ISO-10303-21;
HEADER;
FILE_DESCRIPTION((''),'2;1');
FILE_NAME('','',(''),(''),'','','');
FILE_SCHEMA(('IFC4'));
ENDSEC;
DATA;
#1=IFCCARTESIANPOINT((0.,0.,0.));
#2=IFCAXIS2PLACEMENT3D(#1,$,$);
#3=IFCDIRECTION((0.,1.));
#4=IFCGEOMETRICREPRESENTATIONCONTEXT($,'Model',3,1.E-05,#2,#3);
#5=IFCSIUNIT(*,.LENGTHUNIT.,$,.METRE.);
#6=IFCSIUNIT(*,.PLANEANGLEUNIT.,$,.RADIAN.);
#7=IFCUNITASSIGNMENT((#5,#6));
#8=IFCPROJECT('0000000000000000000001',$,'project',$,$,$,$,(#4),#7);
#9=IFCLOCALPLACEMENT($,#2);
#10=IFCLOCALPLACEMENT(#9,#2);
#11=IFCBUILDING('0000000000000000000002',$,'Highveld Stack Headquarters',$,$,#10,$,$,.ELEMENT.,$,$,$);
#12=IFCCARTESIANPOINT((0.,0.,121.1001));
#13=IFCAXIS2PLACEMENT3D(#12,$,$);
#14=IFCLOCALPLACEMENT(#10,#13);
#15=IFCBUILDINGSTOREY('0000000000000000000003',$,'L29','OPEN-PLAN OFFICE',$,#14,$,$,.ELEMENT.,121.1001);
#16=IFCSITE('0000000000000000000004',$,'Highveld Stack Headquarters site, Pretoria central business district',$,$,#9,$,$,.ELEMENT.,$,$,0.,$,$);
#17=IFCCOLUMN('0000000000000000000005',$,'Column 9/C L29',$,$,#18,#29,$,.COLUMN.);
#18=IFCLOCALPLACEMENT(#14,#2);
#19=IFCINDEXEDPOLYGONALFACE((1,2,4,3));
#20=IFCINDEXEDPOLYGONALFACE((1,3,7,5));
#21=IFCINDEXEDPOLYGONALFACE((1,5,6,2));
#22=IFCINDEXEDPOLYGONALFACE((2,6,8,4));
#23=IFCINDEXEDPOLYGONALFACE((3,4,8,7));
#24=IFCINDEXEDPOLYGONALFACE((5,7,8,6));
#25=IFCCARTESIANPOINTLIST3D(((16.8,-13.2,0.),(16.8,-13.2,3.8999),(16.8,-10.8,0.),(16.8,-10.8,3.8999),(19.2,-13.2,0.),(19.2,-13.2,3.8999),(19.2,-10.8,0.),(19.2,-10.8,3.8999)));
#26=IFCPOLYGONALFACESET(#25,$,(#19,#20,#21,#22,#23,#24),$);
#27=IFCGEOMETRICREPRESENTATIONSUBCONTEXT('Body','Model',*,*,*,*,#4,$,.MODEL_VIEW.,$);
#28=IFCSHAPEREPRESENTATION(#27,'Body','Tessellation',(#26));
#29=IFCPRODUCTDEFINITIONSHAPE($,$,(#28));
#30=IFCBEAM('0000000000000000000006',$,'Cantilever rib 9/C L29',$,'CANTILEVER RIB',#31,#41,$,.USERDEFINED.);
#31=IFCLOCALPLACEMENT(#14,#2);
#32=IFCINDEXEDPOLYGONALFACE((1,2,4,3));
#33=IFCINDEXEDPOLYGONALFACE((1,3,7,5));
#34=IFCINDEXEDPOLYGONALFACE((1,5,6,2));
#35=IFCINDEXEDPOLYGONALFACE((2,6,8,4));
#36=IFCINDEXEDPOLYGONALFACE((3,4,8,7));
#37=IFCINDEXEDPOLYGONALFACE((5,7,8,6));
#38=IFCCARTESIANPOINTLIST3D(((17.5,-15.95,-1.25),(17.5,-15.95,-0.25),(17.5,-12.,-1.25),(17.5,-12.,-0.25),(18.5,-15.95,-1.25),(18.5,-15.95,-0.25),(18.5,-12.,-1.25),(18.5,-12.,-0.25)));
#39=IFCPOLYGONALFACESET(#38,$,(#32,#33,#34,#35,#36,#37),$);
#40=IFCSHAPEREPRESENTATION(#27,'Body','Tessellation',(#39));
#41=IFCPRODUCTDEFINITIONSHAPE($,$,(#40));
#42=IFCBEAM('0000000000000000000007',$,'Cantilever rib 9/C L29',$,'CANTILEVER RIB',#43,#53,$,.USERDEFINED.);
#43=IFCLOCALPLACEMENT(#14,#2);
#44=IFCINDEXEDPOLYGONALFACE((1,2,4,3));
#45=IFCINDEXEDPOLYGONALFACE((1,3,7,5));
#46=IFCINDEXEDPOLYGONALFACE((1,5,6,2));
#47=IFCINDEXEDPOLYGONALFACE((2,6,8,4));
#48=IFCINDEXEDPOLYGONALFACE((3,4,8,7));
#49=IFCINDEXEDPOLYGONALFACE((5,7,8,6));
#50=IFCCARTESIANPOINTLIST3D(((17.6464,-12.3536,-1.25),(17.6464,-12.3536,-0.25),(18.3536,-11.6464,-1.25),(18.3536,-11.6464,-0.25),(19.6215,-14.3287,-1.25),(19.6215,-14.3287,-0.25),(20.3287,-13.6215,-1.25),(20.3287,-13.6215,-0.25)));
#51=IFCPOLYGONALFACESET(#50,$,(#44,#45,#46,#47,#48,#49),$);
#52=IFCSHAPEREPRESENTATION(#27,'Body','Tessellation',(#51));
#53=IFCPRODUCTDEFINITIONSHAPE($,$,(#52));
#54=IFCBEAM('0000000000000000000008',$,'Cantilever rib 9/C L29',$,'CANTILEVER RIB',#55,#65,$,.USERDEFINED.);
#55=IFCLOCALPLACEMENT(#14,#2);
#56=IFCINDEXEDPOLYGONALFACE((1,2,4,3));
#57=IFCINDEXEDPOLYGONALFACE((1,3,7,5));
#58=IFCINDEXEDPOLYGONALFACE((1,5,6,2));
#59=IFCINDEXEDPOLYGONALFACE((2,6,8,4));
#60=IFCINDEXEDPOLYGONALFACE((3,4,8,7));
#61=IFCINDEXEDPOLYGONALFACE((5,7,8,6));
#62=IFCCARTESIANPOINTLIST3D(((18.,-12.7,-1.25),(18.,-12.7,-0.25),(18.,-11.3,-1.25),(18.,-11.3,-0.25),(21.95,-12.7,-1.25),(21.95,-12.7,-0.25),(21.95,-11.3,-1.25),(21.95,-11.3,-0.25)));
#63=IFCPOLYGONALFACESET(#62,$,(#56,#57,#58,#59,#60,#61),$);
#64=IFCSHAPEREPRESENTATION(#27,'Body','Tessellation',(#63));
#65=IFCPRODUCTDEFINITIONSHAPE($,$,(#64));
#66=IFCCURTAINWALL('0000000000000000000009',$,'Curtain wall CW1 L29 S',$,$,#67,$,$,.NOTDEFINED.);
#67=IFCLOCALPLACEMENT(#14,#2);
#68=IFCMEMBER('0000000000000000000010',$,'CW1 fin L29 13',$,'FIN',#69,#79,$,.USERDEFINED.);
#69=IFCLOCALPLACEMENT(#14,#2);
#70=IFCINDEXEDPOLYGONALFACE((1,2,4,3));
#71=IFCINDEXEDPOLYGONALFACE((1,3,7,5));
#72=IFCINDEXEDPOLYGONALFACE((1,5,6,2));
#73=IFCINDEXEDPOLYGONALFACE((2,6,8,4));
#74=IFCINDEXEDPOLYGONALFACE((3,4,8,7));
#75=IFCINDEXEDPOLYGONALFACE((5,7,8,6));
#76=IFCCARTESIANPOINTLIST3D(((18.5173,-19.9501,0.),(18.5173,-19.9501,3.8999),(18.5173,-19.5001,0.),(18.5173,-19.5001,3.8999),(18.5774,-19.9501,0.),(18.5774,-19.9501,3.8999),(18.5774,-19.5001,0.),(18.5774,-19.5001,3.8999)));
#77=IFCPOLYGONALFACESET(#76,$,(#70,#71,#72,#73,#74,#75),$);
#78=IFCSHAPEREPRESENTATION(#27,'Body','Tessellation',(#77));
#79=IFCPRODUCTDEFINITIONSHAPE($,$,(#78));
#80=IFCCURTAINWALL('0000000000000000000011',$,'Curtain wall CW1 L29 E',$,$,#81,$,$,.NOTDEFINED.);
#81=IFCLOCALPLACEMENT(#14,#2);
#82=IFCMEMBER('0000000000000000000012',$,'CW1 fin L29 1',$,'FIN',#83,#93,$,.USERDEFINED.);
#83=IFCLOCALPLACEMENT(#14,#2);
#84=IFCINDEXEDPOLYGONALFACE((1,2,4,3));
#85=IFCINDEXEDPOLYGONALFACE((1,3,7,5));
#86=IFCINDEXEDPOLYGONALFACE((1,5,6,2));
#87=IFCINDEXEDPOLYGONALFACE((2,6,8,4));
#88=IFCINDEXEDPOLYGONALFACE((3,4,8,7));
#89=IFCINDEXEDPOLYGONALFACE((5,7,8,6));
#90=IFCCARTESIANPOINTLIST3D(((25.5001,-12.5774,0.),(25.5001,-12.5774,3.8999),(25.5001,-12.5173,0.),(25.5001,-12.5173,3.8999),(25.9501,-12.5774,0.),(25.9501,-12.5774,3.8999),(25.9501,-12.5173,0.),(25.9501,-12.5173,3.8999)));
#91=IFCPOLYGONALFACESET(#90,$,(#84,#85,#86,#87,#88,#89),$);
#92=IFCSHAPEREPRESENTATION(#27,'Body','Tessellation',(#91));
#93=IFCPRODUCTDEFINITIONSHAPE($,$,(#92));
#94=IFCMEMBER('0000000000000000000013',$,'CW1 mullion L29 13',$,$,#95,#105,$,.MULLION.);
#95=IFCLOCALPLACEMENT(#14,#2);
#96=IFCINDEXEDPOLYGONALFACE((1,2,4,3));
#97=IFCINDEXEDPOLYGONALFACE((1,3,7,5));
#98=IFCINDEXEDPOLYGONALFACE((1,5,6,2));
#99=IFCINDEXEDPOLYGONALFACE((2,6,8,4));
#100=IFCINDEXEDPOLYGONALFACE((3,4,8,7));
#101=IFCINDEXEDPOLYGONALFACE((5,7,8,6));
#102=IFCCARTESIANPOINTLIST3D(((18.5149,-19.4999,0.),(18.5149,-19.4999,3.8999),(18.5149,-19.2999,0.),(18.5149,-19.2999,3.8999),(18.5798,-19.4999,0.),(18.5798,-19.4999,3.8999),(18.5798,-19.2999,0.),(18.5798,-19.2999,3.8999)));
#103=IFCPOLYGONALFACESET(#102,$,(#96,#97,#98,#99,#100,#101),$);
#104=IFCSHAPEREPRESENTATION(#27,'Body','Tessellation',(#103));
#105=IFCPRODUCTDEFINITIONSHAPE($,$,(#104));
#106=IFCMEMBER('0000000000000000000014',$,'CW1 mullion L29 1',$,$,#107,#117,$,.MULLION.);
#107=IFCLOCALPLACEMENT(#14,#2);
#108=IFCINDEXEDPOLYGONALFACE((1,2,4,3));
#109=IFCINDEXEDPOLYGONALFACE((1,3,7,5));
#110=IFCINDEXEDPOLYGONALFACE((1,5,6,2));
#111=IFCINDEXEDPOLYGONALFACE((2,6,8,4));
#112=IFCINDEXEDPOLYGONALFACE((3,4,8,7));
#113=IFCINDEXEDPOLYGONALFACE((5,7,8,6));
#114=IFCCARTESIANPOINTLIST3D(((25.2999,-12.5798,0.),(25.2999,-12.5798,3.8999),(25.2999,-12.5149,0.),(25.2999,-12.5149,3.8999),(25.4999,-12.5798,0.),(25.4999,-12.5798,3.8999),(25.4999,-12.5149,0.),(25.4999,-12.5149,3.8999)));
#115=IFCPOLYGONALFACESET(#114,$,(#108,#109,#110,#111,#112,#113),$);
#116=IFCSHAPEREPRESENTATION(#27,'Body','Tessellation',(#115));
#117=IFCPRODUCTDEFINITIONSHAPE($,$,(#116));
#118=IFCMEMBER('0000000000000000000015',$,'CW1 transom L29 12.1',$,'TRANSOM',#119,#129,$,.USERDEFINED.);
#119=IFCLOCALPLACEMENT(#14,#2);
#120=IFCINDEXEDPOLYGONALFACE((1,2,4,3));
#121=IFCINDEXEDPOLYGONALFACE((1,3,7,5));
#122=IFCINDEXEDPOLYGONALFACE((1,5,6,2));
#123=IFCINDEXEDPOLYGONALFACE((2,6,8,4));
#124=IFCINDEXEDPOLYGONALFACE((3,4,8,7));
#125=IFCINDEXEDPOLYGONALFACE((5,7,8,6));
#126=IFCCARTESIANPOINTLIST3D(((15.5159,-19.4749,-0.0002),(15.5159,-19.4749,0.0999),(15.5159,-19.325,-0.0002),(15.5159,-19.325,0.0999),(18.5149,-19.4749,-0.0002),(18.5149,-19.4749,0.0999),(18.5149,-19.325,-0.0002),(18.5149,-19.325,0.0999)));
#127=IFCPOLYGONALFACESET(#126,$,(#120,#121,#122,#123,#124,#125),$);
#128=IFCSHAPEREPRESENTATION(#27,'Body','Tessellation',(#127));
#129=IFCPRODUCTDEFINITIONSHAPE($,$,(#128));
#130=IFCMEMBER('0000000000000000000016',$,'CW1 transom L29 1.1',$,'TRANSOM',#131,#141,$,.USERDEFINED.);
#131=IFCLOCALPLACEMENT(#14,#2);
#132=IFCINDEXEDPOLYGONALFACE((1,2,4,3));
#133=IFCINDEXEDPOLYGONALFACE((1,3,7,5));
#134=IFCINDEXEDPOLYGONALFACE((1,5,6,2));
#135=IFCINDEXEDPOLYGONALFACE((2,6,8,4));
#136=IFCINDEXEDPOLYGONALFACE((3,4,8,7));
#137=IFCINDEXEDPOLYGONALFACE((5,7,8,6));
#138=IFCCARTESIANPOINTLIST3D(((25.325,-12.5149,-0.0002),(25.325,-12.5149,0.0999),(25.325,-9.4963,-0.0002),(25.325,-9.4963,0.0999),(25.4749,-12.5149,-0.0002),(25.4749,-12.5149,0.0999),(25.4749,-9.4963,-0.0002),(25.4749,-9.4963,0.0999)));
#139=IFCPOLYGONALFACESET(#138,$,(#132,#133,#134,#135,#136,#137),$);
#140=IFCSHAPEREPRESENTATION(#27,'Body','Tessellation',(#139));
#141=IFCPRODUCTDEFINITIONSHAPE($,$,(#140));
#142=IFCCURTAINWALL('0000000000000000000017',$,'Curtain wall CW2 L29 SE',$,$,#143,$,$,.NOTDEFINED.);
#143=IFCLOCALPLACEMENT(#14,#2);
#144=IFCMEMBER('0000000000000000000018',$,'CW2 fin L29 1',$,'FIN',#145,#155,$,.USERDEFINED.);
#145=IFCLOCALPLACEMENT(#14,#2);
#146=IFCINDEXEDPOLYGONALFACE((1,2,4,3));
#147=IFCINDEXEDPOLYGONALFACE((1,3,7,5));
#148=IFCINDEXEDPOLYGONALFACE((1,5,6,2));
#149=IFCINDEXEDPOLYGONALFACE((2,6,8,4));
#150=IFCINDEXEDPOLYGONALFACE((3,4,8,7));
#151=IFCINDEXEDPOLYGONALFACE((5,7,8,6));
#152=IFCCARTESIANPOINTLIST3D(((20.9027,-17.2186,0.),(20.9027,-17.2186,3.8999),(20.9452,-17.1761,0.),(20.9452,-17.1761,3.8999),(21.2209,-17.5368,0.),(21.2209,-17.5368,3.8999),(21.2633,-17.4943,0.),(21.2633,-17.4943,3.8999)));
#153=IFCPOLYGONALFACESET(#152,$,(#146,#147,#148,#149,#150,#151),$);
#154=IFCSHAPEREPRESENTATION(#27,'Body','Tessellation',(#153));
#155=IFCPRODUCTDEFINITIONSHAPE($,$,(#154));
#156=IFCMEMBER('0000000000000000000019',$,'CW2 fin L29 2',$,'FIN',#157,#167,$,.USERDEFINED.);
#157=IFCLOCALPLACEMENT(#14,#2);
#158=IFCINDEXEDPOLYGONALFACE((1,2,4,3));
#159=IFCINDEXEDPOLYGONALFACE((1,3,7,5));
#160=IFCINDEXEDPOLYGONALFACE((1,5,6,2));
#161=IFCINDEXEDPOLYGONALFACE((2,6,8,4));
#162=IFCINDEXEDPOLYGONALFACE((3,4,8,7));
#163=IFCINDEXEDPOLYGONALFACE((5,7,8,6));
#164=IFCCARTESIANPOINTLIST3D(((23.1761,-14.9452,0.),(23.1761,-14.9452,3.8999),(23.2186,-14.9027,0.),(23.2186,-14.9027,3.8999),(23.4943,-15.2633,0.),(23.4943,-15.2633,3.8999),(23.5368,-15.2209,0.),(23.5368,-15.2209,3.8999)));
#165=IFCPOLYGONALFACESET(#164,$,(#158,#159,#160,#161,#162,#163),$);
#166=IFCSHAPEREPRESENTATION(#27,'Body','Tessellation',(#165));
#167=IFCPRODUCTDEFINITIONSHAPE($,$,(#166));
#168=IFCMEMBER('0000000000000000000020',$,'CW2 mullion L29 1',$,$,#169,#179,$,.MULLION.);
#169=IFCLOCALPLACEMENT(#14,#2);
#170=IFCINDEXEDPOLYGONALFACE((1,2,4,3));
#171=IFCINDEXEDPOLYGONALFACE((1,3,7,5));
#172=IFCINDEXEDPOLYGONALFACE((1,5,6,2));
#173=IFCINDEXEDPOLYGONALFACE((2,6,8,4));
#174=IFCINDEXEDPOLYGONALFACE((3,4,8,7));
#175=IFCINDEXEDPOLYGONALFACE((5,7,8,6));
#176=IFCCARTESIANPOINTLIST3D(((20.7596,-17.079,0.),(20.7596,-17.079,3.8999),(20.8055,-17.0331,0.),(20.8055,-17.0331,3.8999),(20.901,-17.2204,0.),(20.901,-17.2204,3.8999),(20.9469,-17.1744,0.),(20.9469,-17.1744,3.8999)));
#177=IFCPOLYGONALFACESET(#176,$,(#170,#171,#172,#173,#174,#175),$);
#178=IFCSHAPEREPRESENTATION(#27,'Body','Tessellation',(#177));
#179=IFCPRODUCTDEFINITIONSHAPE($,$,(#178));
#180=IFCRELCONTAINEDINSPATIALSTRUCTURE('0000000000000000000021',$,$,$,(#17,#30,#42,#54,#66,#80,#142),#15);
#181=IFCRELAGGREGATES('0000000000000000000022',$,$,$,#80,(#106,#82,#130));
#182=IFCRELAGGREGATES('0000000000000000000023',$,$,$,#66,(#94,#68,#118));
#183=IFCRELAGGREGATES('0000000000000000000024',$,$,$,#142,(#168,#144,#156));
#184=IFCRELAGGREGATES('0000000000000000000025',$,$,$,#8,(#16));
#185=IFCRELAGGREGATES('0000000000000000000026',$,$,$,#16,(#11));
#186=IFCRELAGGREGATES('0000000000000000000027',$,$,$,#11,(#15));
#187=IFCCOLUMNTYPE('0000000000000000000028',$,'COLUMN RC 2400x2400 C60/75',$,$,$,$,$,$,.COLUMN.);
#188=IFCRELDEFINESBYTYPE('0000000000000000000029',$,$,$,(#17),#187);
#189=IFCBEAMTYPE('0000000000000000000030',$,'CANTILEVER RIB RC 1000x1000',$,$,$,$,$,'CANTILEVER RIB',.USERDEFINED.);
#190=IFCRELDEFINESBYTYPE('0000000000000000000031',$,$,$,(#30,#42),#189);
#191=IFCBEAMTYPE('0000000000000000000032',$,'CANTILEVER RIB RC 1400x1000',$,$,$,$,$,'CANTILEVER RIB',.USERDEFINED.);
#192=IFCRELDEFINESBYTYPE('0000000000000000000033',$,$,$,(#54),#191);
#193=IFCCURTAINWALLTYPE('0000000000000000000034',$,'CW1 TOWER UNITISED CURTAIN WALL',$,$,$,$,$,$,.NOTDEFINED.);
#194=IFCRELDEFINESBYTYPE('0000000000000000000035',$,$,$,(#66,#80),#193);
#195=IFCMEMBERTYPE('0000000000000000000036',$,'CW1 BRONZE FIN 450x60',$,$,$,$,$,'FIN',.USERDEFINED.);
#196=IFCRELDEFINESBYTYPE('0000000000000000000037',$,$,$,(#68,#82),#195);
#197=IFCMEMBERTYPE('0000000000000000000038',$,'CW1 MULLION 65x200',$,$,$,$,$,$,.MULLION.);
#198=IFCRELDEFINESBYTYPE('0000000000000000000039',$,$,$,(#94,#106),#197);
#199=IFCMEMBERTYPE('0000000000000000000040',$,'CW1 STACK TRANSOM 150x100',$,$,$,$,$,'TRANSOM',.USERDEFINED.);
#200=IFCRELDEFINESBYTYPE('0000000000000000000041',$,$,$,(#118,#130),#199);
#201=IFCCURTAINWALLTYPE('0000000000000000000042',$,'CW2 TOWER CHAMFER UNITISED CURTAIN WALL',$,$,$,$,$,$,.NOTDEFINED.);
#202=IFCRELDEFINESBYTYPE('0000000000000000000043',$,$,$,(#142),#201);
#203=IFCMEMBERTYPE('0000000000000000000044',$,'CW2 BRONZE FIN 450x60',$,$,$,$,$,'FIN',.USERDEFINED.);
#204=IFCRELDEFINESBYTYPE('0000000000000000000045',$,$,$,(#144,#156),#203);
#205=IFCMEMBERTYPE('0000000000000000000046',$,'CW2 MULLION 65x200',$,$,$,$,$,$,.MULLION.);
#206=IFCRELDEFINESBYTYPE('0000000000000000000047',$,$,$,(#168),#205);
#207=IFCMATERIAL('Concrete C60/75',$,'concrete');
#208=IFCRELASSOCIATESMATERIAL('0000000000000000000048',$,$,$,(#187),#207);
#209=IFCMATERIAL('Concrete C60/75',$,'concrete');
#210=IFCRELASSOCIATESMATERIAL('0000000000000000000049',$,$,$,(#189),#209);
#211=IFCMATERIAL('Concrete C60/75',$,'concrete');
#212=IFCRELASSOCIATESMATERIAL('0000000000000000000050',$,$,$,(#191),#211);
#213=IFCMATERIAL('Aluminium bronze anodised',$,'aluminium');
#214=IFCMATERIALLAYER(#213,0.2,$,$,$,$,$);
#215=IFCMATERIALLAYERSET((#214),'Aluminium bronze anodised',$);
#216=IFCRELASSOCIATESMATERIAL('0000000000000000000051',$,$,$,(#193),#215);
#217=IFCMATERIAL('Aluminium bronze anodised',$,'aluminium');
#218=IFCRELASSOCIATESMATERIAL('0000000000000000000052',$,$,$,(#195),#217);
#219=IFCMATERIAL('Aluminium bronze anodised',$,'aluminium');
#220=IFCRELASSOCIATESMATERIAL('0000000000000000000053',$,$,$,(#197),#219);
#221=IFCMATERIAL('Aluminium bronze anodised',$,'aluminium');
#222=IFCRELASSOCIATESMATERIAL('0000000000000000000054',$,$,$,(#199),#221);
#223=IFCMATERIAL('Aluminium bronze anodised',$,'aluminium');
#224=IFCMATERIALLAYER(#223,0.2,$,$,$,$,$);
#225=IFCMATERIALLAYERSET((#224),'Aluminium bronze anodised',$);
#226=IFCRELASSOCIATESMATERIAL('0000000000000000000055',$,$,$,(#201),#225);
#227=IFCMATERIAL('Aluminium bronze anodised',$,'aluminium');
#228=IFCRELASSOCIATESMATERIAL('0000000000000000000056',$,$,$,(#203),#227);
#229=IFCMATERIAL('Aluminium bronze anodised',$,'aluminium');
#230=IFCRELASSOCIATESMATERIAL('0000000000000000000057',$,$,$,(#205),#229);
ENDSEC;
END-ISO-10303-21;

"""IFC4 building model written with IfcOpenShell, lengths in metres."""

from ifc_helpers import new_model, si_unit, direction, frame, origin, origin_2d, place, context, subcontext, project, spatial, rectangle, extrude, material, layer, layer_set, material_profile, profile_set, type_object, element, aggregate, save


model = new_model("IFC4")

# Units and contexts
model_context = context("Model", 3, precision=1e-05, world=origin(), true_north=direction((0.0, 1.0)))
body_context = subcontext(model_context, "Body", "Model", "MODEL_VIEW")
ifc_project = project(units=[si_unit("LENGTHUNIT", "METRE"), si_unit("PLANEANGLEUNIT", "RADIAN")], contexts=[model_context])

# Site, building, storey
site_placement = place(None, origin())
site = spatial("IfcSite", under=ifc_project, at=site_placement, Name="Highveld Stack Headquarters site, Pretoria central business district", CompositionType="ELEMENT", RefElevation=0.0)
building_placement = place(site_placement, origin())
building = spatial("IfcBuilding", under=site, at=building_placement, Name="Highveld Stack Headquarters", CompositionType="ELEMENT")
storey_placement = place(building_placement, frame((0.0, 0.0, 121.1001)))
storey = spatial("IfcBuildingStorey", under=building, at=storey_placement, Name="L29", Description="OPEN-PLAN OFFICE", CompositionType="ELEMENT", Elevation=121.1001)

# Column
ifc_material_1 = material(Name="Concrete C60/75", Category="concrete")
ifc_material_profile_1 = material_profile(ifc_material_1, rectangle(XDim=2.3999, YDim=2.3999, at=origin_2d()), Name="RC 2400x2400")
ifc_profile_set_1 = profile_set([ifc_material_profile_1], Name="Concrete C60/75")
column_type = type_object("IfcColumnType", Name="COLUMN RC 2400x2400 C60/75", PredefinedType="COLUMN", material=ifc_profile_set_1)
column_placement = place(storey_placement, frame((18.0, -12.0, 0.0), z_axis=(0.0, 0.0, 1.0), x_axis=(1.0, 0.0, 0.0)))
element("IfcColumn", 1, at=column_placement, inside=storey, type_object=column_type, Name="Column 9/C L29", PredefinedType="COLUMN", context=body_context, shape_type="SweptSolid", body=[
    extrude(rectangle(XDim=2.3999, YDim=2.3999, at=origin_2d()), origin(), (0.0, 0.0, 1.0), 3.8999),
])

# Beams
ifc_material_2 = material(Name="Concrete C60/75", Category="concrete")
ifc_material_profile_2 = material_profile(ifc_material_2, rectangle(XDim=1.0, YDim=1.0, at=origin_2d()), Name="RC 1000x1000")
ifc_profile_set_2 = profile_set([ifc_material_profile_2], Name="Concrete C60/75")
beam_type_1 = type_object("IfcBeamType", Name="CANTILEVER RIB RC 1000x1000", ElementType="CANTILEVER RIB", PredefinedType="USERDEFINED", material=ifc_profile_set_2)
beam_1_placement = place(storey_placement, frame((18.0, -12.0, -0.75), z_axis=(0.0, -1.0, 0.0), x_axis=(1.0, 0.0, 0.0)))
element("IfcBeam", 2, at=beam_1_placement, inside=storey, type_object=beam_type_1, Name="Cantilever rib 9/C L29", ObjectType="CANTILEVER RIB", PredefinedType="USERDEFINED", context=body_context, shape_type="SweptSolid", body=[
    extrude(rectangle(XDim=1.0, YDim=1.0, at=origin_2d()), origin(), (0.0, 0.0, 1.0), 3.95),
])
beam_2_placement = place(storey_placement, frame((18.0, -12.0, -0.75), z_axis=(0.707107, -0.707107, 0.0), x_axis=(0.707107, 0.707107, 0.0)))
element("IfcBeam", 3, at=beam_2_placement, inside=storey, type_object=beam_type_1, Name="Cantilever rib 9/C L29", ObjectType="CANTILEVER RIB", PredefinedType="USERDEFINED", context=body_context, shape_type="SweptSolid", body=[
    extrude(rectangle(XDim=1.0, YDim=1.0, at=origin_2d()), origin(), (0.0, 0.0, 1.0), 2.7932),
])
ifc_material_3 = material(Name="Concrete C60/75", Category="concrete")
ifc_material_profile_3 = material_profile(ifc_material_3, rectangle(XDim=1.3999, YDim=1.0, at=origin_2d()), Name="RC 1400x1000")
ifc_profile_set_3 = profile_set([ifc_material_profile_3], Name="Concrete C60/75")
beam_type_2 = type_object("IfcBeamType", Name="CANTILEVER RIB RC 1400x1000", ElementType="CANTILEVER RIB", PredefinedType="USERDEFINED", material=ifc_profile_set_3)
beam_3_placement = place(storey_placement, frame((18.0, -12.0, -0.75), z_axis=(1.0, 0.0, 0.0), x_axis=(0.0, 1.0, 0.0)))
element("IfcBeam", 4, at=beam_3_placement, inside=storey, type_object=beam_type_2, Name="Cantilever rib 9/C L29", ObjectType="CANTILEVER RIB", PredefinedType="USERDEFINED", context=body_context, shape_type="SweptSolid", body=[
    extrude(rectangle(XDim=1.3999, YDim=1.0, at=origin_2d()), origin(), (0.0, 0.0, 1.0), 3.95),
])

# Curtain walls, members
ifc_material_4 = material(Name="Aluminium bronze anodised", Category="aluminium")
ifc_layer_1 = layer(ifc_material_4, 0.2)
ifc_layer_set_1 = layer_set([ifc_layer_1], Name="Aluminium bronze anodised")
curtain_wall_type_1 = type_object("IfcCurtainWallType", Name="CW1 TOWER UNITISED CURTAIN WALL", PredefinedType="NOTDEFINED", material=ifc_layer_set_1)
curtain_wall_1_placement = place(storey_placement, origin())
curtain_wall_1 = element("IfcCurtainWall", 5, at=curtain_wall_1_placement, inside=storey, type_object=curtain_wall_type_1, Name="Curtain wall CW1 L29 S", PredefinedType="NOTDEFINED")
ifc_material_5 = material(Name="Aluminium bronze anodised", Category="aluminium")
ifc_material_profile_4 = material_profile(ifc_material_5, rectangle(XDim=0.45, YDim=0.0601, at=origin_2d()), Name="FIN 450x60")
ifc_profile_set_4 = profile_set([ifc_material_profile_4], Name="Aluminium bronze anodised")
member_type_1 = type_object("IfcMemberType", Name="CW1 BRONZE FIN 450x60", ElementType="FIN", PredefinedType="USERDEFINED", material=ifc_profile_set_4)
member_1_placement = place(storey_placement, frame((18.5474, -19.7251, 0.0), z_axis=(0.0, 0.0, 1.0), x_axis=(0.0, 1.0, 0.0)))
member_1 = element("IfcMember", 6, at=member_1_placement, type_object=member_type_1, Name="CW1 fin L29 13", ObjectType="FIN", PredefinedType="USERDEFINED", context=body_context, shape_type="SweptSolid", body=[
    extrude(rectangle(XDim=0.45, YDim=0.0601, at=origin_2d()), origin(), (0.0, 0.0, 1.0), 3.8999),
])
curtain_wall_2_placement = place(storey_placement, origin())
curtain_wall_2 = element("IfcCurtainWall", 7, at=curtain_wall_2_placement, inside=storey, type_object=curtain_wall_type_1, Name="Curtain wall CW1 L29 E", PredefinedType="NOTDEFINED")
member_2_placement = place(storey_placement, frame((25.7251, -12.5474, 0.0), z_axis=(0.0, 0.0, 1.0), x_axis=(-1.0, 0.0, 0.0)))
member_2 = element("IfcMember", 8, at=member_2_placement, type_object=member_type_1, Name="CW1 fin L29 1", ObjectType="FIN", PredefinedType="USERDEFINED", context=body_context, shape_type="SweptSolid", body=[
    extrude(rectangle(XDim=0.45, YDim=0.0601, at=origin_2d()), origin(), (0.0, 0.0, 1.0), 3.8999),
])

# Members
ifc_material_6 = material(Name="Aluminium bronze anodised", Category="aluminium")
ifc_material_profile_5 = material_profile(ifc_material_6, rectangle(XDim=0.2, YDim=0.0649, at=origin_2d()), Name="CW1 MULLION 65x200")
ifc_profile_set_5 = profile_set([ifc_material_profile_5], Name="Aluminium bronze anodised")
member_type_2 = type_object("IfcMemberType", Name="CW1 MULLION 65x200", PredefinedType="MULLION", material=ifc_profile_set_5)
member_3_placement = place(storey_placement, frame((18.5474, -19.3999, 0.0), z_axis=(0.0, 0.0, 1.0), x_axis=(0.0, 1.0, 0.0)))
member_3 = element("IfcMember", 9, at=member_3_placement, type_object=member_type_2, Name="CW1 mullion L29 13", PredefinedType="MULLION", context=body_context, shape_type="SweptSolid", body=[
    extrude(rectangle(XDim=0.2, YDim=0.0649, at=origin_2d()), origin(), (0.0, 0.0, 1.0), 3.8999),
])
member_4_placement = place(storey_placement, frame((25.3999, -12.5474, 0.0), z_axis=(0.0, 0.0, 1.0), x_axis=(-1.0, 0.0, 0.0)))
member_4 = element("IfcMember", 10, at=member_4_placement, type_object=member_type_2, Name="CW1 mullion L29 1", PredefinedType="MULLION", context=body_context, shape_type="SweptSolid", body=[
    extrude(rectangle(XDim=0.2, YDim=0.0649, at=origin_2d()), origin(), (0.0, 0.0, 1.0), 3.8999),
])
ifc_material_7 = material(Name="Aluminium bronze anodised", Category="aluminium")
ifc_material_profile_6 = material_profile(ifc_material_7, rectangle(XDim=0.1499, YDim=0.1001, at=origin_2d()), Name="CW1 TRANSOM 150x100")
ifc_profile_set_6 = profile_set([ifc_material_profile_6], Name="Aluminium bronze anodised")
member_type_3 = type_object("IfcMemberType", Name="CW1 STACK TRANSOM 150x100", ElementType="TRANSOM", PredefinedType="USERDEFINED", material=ifc_profile_set_6)
member_5_placement = place(storey_placement, frame((15.5159, -19.3999, 0.0498), z_axis=(1.0, 0.0, 0.0), x_axis=(0.0, 1.0, 0.0)))
member_5 = element("IfcMember", 11, at=member_5_placement, type_object=member_type_3, Name="CW1 transom L29 12.1", ObjectType="TRANSOM", PredefinedType="USERDEFINED", context=body_context, shape_type="SweptSolid", body=[
    extrude(rectangle(XDim=0.1499, YDim=0.1001, at=origin_2d()), origin(), (0.0, 0.0, 1.0), 2.999),
])
member_6_placement = place(storey_placement, frame((25.3999, -12.5149, 0.0498), z_axis=(0.0, 1.0, 0.0), x_axis=(-1.0, 0.0, 0.0)))
member_6 = element("IfcMember", 12, at=member_6_placement, type_object=member_type_3, Name="CW1 transom L29 1.1", ObjectType="TRANSOM", PredefinedType="USERDEFINED", context=body_context, shape_type="SweptSolid", body=[
    extrude(rectangle(XDim=0.1499, YDim=0.1001, at=origin_2d()), origin(), (0.0, 0.0, 1.0), 3.0186),
])
aggregate(curtain_wall_2, [member_4, member_2, member_6])

# Curtain wall, members
ifc_material_8 = material(Name="Aluminium bronze anodised", Category="aluminium")
ifc_layer_2 = layer(ifc_material_8, 0.2)
ifc_layer_set_2 = layer_set([ifc_layer_2], Name="Aluminium bronze anodised")
curtain_wall_type_2 = type_object("IfcCurtainWallType", Name="CW2 TOWER CHAMFER UNITISED CURTAIN WALL", PredefinedType="NOTDEFINED", material=ifc_layer_set_2)
curtain_wall_3_placement = place(storey_placement, origin())
curtain_wall_3 = element("IfcCurtainWall", 13, at=curtain_wall_3_placement, inside=storey, type_object=curtain_wall_type_2, Name="Curtain wall CW2 L29 SE", PredefinedType="NOTDEFINED")
ifc_material_9 = material(Name="Aluminium bronze anodised", Category="aluminium")
ifc_material_profile_7 = material_profile(ifc_material_9, rectangle(XDim=0.45, YDim=0.0601, at=origin_2d()), Name="FIN 450x60")
ifc_profile_set_7 = profile_set([ifc_material_profile_7], Name="Aluminium bronze anodised")
member_type_4 = type_object("IfcMemberType", Name="CW2 BRONZE FIN 450x60", ElementType="FIN", PredefinedType="USERDEFINED", material=ifc_profile_set_7)
member_7_placement = place(storey_placement, frame((21.083, -17.3564, 0.0), z_axis=(0.0, 0.0, 1.0), x_axis=(-0.707107, 0.707107, 0.0)))
member_7 = element("IfcMember", 14, at=member_7_placement, type_object=member_type_4, Name="CW2 fin L29 1", ObjectType="FIN", PredefinedType="USERDEFINED", context=body_context, shape_type="SweptSolid", body=[
    extrude(rectangle(XDim=0.45, YDim=0.0601, at=origin_2d()), origin(), (0.0, 0.0, 1.0), 3.8999),
])
member_8_placement = place(storey_placement, frame((23.3564, -15.083, 0.0), z_axis=(0.0, 0.0, 1.0), x_axis=(-0.707107, 0.707107, 0.0)))
member_8 = element("IfcMember", 15, at=member_8_placement, type_object=member_type_4, Name="CW2 fin L29 2", ObjectType="FIN", PredefinedType="USERDEFINED", context=body_context, shape_type="SweptSolid", body=[
    extrude(rectangle(XDim=0.45, YDim=0.0601, at=origin_2d()), origin(), (0.0, 0.0, 1.0), 3.8999),
])
ifc_material_10 = material(Name="Aluminium bronze anodised", Category="aluminium")
ifc_material_profile_8 = material_profile(ifc_material_10, rectangle(XDim=0.2, YDim=0.0649, at=origin_2d()), Name="CW2 MULLION 65x200")
ifc_profile_set_8 = profile_set([ifc_material_profile_8], Name="Aluminium bronze anodised")
member_type_5 = type_object("IfcMemberType", Name="CW2 MULLION 65x200", PredefinedType="MULLION", material=ifc_profile_set_8)
member_9_placement = place(storey_placement, frame((20.8533, -17.1267, 0.0), z_axis=(0.0, 0.0, 1.0), x_axis=(-0.707107, 0.707107, 0.0)))
member_9 = element("IfcMember", 16, at=member_9_placement, type_object=member_type_5, Name="CW2 mullion L29 1", PredefinedType="MULLION", context=body_context, shape_type="SweptSolid", body=[
    extrude(rectangle(XDim=0.2, YDim=0.0649, at=origin_2d()), origin(), (0.0, 0.0, 1.0), 3.8999),
])

aggregate(curtain_wall_1, [member_3, member_1, member_5])
aggregate(curtain_wall_3, [member_9, member_7, member_8])

save(model, "model.ifc")
